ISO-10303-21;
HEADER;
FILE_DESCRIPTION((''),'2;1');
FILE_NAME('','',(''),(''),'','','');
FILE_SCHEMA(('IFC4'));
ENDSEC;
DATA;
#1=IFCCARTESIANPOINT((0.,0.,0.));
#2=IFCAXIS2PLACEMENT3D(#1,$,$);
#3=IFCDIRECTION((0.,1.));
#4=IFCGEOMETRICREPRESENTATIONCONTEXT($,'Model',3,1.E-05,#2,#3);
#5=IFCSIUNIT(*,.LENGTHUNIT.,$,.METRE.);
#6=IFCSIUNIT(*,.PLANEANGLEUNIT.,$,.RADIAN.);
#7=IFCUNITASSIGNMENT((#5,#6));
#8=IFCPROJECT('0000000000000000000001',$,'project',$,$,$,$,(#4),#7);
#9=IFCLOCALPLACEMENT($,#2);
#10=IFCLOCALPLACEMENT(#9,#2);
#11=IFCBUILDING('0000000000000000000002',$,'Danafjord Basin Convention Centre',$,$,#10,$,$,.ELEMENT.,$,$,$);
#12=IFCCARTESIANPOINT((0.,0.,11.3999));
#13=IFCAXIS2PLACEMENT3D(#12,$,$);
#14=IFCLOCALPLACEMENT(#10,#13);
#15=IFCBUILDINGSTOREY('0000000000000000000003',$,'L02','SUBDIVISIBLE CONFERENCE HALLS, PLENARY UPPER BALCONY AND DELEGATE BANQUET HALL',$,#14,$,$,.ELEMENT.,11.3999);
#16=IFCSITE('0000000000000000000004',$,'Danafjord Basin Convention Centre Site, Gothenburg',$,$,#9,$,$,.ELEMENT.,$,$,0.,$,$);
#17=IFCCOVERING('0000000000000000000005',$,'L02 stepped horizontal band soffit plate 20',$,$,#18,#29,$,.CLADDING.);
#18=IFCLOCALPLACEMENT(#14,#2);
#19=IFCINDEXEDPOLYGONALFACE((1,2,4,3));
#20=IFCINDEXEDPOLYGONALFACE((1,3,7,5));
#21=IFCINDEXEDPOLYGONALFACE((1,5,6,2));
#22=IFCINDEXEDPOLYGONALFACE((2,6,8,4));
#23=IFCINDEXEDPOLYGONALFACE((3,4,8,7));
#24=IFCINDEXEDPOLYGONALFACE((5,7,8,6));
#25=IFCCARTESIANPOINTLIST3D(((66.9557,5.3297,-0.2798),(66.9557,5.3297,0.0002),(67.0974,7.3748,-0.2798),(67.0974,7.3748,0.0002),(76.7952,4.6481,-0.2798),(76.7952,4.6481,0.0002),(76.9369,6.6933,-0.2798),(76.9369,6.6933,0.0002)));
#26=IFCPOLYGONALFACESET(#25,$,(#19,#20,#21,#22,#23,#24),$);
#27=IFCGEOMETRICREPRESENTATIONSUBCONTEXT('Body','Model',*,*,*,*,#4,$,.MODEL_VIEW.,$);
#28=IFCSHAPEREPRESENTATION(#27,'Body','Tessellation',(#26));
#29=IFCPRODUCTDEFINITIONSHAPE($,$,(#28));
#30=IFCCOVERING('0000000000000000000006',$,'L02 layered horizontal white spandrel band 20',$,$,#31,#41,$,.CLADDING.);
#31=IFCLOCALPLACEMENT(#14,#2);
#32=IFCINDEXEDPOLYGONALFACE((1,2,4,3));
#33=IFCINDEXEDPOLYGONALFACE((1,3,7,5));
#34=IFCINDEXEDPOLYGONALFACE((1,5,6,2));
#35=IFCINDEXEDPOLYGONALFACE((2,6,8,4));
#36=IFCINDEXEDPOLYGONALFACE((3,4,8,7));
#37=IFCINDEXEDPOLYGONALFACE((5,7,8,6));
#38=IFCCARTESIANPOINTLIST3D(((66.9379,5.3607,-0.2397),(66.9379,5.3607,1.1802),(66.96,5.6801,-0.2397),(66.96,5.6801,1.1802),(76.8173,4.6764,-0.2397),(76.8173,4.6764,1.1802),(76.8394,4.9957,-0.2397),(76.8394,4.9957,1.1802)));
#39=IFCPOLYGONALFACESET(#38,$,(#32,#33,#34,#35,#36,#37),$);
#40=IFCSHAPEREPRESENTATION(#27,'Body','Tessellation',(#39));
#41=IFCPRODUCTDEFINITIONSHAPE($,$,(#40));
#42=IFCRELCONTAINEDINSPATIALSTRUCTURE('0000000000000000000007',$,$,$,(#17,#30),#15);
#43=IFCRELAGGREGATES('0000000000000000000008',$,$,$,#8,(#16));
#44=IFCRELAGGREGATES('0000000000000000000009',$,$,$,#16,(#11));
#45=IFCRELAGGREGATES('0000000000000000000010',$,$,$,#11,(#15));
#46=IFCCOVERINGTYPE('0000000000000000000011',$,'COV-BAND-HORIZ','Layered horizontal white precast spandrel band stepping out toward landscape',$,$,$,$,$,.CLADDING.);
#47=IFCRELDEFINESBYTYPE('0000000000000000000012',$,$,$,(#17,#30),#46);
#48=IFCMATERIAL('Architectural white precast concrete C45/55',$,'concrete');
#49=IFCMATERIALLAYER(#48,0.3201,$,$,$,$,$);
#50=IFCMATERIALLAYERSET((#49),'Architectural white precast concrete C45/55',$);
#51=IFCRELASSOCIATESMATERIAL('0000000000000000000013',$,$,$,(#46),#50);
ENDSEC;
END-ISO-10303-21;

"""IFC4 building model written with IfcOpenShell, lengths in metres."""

from ifc_helpers import new_model, si_unit, direction, frame, origin, origin_2d, place, context, subcontext, project, spatial, rectangle, extrude, material, layer, layer_set, type_object, element, save


model = new_model("IFC4")

# Units and contexts
model_context = context("Model", 3, precision=1e-05, world=origin(), true_north=direction((0.0, 1.0)))
body_context = subcontext(model_context, "Body", "Model", "MODEL_VIEW")
ifc_project = project(units=[si_unit("LENGTHUNIT", "METRE"), si_unit("PLANEANGLEUNIT", "RADIAN")], contexts=[model_context])

# Site, building, storey
site_placement = place(None, origin())
site = spatial("IfcSite", under=ifc_project, at=site_placement, Name="Danafjord Basin Convention Centre Site, Gothenburg", CompositionType="ELEMENT", RefElevation=0.0)
building_placement = place(site_placement, origin())
building = spatial("IfcBuilding", under=site, at=building_placement, Name="Danafjord Basin Convention Centre", CompositionType="ELEMENT")
storey_placement = place(building_placement, frame((0.0, 0.0, 11.3999)))
storey = spatial("IfcBuildingStorey", under=building, at=storey_placement, Name="L02", Description="SUBDIVISIBLE CONFERENCE HALLS, PLENARY UPPER BALCONY AND DELEGATE BANQUET HALL", CompositionType="ELEMENT", Elevation=11.3999)

# Coverings
ifc_material_1 = material(Name="Architectural white precast concrete C45/55", Category="concrete")
ifc_layer_1 = layer(ifc_material_1, 0.3201)
ifc_layer_set_1 = layer_set([ifc_layer_1], Name="Architectural white precast concrete C45/55")
covering_type = type_object("IfcCoveringType", Name="COV-BAND-HORIZ", Description="Layered horizontal white precast spandrel band stepping out toward landscape", PredefinedType="CLADDING", material=ifc_layer_set_1)
covering_1_placement = place(storey_placement, frame((71.9463, 6.0115, -0.2798), z_axis=(0.0, 0.0, 1.0), x_axis=(0.997609, -0.069105, 0.0)))
element("IfcCovering", 1, at=covering_1_placement, inside=storey, type_object=covering_type, Name="L02 stepped horizontal band soffit plate 20", PredefinedType="CLADDING", context=body_context, shape_type="SweptSolid", body=[
    extrude(rectangle(XDim=9.863, YDim=2.05, at=origin_2d()), origin(), (0.0, 0.0, 1.0), 0.28),
])
covering_2_placement = place(storey_placement, frame((71.8887, 5.1782, -0.2397), z_axis=(0.0, 0.0, 1.0), x_axis=(0.997609, -0.069105, 0.0)))
element("IfcCovering", 2, at=covering_2_placement, inside=storey, type_object=covering_type, Name="L02 layered horizontal white spandrel band 20", PredefinedType="CLADDING", context=body_context, shape_type="SweptSolid", body=[
    extrude(rectangle(XDim=9.9031, YDim=0.3201, at=origin_2d()), origin(), (0.0, 0.0, 1.0), 1.4199),
])

save(model, "model.ifc")
